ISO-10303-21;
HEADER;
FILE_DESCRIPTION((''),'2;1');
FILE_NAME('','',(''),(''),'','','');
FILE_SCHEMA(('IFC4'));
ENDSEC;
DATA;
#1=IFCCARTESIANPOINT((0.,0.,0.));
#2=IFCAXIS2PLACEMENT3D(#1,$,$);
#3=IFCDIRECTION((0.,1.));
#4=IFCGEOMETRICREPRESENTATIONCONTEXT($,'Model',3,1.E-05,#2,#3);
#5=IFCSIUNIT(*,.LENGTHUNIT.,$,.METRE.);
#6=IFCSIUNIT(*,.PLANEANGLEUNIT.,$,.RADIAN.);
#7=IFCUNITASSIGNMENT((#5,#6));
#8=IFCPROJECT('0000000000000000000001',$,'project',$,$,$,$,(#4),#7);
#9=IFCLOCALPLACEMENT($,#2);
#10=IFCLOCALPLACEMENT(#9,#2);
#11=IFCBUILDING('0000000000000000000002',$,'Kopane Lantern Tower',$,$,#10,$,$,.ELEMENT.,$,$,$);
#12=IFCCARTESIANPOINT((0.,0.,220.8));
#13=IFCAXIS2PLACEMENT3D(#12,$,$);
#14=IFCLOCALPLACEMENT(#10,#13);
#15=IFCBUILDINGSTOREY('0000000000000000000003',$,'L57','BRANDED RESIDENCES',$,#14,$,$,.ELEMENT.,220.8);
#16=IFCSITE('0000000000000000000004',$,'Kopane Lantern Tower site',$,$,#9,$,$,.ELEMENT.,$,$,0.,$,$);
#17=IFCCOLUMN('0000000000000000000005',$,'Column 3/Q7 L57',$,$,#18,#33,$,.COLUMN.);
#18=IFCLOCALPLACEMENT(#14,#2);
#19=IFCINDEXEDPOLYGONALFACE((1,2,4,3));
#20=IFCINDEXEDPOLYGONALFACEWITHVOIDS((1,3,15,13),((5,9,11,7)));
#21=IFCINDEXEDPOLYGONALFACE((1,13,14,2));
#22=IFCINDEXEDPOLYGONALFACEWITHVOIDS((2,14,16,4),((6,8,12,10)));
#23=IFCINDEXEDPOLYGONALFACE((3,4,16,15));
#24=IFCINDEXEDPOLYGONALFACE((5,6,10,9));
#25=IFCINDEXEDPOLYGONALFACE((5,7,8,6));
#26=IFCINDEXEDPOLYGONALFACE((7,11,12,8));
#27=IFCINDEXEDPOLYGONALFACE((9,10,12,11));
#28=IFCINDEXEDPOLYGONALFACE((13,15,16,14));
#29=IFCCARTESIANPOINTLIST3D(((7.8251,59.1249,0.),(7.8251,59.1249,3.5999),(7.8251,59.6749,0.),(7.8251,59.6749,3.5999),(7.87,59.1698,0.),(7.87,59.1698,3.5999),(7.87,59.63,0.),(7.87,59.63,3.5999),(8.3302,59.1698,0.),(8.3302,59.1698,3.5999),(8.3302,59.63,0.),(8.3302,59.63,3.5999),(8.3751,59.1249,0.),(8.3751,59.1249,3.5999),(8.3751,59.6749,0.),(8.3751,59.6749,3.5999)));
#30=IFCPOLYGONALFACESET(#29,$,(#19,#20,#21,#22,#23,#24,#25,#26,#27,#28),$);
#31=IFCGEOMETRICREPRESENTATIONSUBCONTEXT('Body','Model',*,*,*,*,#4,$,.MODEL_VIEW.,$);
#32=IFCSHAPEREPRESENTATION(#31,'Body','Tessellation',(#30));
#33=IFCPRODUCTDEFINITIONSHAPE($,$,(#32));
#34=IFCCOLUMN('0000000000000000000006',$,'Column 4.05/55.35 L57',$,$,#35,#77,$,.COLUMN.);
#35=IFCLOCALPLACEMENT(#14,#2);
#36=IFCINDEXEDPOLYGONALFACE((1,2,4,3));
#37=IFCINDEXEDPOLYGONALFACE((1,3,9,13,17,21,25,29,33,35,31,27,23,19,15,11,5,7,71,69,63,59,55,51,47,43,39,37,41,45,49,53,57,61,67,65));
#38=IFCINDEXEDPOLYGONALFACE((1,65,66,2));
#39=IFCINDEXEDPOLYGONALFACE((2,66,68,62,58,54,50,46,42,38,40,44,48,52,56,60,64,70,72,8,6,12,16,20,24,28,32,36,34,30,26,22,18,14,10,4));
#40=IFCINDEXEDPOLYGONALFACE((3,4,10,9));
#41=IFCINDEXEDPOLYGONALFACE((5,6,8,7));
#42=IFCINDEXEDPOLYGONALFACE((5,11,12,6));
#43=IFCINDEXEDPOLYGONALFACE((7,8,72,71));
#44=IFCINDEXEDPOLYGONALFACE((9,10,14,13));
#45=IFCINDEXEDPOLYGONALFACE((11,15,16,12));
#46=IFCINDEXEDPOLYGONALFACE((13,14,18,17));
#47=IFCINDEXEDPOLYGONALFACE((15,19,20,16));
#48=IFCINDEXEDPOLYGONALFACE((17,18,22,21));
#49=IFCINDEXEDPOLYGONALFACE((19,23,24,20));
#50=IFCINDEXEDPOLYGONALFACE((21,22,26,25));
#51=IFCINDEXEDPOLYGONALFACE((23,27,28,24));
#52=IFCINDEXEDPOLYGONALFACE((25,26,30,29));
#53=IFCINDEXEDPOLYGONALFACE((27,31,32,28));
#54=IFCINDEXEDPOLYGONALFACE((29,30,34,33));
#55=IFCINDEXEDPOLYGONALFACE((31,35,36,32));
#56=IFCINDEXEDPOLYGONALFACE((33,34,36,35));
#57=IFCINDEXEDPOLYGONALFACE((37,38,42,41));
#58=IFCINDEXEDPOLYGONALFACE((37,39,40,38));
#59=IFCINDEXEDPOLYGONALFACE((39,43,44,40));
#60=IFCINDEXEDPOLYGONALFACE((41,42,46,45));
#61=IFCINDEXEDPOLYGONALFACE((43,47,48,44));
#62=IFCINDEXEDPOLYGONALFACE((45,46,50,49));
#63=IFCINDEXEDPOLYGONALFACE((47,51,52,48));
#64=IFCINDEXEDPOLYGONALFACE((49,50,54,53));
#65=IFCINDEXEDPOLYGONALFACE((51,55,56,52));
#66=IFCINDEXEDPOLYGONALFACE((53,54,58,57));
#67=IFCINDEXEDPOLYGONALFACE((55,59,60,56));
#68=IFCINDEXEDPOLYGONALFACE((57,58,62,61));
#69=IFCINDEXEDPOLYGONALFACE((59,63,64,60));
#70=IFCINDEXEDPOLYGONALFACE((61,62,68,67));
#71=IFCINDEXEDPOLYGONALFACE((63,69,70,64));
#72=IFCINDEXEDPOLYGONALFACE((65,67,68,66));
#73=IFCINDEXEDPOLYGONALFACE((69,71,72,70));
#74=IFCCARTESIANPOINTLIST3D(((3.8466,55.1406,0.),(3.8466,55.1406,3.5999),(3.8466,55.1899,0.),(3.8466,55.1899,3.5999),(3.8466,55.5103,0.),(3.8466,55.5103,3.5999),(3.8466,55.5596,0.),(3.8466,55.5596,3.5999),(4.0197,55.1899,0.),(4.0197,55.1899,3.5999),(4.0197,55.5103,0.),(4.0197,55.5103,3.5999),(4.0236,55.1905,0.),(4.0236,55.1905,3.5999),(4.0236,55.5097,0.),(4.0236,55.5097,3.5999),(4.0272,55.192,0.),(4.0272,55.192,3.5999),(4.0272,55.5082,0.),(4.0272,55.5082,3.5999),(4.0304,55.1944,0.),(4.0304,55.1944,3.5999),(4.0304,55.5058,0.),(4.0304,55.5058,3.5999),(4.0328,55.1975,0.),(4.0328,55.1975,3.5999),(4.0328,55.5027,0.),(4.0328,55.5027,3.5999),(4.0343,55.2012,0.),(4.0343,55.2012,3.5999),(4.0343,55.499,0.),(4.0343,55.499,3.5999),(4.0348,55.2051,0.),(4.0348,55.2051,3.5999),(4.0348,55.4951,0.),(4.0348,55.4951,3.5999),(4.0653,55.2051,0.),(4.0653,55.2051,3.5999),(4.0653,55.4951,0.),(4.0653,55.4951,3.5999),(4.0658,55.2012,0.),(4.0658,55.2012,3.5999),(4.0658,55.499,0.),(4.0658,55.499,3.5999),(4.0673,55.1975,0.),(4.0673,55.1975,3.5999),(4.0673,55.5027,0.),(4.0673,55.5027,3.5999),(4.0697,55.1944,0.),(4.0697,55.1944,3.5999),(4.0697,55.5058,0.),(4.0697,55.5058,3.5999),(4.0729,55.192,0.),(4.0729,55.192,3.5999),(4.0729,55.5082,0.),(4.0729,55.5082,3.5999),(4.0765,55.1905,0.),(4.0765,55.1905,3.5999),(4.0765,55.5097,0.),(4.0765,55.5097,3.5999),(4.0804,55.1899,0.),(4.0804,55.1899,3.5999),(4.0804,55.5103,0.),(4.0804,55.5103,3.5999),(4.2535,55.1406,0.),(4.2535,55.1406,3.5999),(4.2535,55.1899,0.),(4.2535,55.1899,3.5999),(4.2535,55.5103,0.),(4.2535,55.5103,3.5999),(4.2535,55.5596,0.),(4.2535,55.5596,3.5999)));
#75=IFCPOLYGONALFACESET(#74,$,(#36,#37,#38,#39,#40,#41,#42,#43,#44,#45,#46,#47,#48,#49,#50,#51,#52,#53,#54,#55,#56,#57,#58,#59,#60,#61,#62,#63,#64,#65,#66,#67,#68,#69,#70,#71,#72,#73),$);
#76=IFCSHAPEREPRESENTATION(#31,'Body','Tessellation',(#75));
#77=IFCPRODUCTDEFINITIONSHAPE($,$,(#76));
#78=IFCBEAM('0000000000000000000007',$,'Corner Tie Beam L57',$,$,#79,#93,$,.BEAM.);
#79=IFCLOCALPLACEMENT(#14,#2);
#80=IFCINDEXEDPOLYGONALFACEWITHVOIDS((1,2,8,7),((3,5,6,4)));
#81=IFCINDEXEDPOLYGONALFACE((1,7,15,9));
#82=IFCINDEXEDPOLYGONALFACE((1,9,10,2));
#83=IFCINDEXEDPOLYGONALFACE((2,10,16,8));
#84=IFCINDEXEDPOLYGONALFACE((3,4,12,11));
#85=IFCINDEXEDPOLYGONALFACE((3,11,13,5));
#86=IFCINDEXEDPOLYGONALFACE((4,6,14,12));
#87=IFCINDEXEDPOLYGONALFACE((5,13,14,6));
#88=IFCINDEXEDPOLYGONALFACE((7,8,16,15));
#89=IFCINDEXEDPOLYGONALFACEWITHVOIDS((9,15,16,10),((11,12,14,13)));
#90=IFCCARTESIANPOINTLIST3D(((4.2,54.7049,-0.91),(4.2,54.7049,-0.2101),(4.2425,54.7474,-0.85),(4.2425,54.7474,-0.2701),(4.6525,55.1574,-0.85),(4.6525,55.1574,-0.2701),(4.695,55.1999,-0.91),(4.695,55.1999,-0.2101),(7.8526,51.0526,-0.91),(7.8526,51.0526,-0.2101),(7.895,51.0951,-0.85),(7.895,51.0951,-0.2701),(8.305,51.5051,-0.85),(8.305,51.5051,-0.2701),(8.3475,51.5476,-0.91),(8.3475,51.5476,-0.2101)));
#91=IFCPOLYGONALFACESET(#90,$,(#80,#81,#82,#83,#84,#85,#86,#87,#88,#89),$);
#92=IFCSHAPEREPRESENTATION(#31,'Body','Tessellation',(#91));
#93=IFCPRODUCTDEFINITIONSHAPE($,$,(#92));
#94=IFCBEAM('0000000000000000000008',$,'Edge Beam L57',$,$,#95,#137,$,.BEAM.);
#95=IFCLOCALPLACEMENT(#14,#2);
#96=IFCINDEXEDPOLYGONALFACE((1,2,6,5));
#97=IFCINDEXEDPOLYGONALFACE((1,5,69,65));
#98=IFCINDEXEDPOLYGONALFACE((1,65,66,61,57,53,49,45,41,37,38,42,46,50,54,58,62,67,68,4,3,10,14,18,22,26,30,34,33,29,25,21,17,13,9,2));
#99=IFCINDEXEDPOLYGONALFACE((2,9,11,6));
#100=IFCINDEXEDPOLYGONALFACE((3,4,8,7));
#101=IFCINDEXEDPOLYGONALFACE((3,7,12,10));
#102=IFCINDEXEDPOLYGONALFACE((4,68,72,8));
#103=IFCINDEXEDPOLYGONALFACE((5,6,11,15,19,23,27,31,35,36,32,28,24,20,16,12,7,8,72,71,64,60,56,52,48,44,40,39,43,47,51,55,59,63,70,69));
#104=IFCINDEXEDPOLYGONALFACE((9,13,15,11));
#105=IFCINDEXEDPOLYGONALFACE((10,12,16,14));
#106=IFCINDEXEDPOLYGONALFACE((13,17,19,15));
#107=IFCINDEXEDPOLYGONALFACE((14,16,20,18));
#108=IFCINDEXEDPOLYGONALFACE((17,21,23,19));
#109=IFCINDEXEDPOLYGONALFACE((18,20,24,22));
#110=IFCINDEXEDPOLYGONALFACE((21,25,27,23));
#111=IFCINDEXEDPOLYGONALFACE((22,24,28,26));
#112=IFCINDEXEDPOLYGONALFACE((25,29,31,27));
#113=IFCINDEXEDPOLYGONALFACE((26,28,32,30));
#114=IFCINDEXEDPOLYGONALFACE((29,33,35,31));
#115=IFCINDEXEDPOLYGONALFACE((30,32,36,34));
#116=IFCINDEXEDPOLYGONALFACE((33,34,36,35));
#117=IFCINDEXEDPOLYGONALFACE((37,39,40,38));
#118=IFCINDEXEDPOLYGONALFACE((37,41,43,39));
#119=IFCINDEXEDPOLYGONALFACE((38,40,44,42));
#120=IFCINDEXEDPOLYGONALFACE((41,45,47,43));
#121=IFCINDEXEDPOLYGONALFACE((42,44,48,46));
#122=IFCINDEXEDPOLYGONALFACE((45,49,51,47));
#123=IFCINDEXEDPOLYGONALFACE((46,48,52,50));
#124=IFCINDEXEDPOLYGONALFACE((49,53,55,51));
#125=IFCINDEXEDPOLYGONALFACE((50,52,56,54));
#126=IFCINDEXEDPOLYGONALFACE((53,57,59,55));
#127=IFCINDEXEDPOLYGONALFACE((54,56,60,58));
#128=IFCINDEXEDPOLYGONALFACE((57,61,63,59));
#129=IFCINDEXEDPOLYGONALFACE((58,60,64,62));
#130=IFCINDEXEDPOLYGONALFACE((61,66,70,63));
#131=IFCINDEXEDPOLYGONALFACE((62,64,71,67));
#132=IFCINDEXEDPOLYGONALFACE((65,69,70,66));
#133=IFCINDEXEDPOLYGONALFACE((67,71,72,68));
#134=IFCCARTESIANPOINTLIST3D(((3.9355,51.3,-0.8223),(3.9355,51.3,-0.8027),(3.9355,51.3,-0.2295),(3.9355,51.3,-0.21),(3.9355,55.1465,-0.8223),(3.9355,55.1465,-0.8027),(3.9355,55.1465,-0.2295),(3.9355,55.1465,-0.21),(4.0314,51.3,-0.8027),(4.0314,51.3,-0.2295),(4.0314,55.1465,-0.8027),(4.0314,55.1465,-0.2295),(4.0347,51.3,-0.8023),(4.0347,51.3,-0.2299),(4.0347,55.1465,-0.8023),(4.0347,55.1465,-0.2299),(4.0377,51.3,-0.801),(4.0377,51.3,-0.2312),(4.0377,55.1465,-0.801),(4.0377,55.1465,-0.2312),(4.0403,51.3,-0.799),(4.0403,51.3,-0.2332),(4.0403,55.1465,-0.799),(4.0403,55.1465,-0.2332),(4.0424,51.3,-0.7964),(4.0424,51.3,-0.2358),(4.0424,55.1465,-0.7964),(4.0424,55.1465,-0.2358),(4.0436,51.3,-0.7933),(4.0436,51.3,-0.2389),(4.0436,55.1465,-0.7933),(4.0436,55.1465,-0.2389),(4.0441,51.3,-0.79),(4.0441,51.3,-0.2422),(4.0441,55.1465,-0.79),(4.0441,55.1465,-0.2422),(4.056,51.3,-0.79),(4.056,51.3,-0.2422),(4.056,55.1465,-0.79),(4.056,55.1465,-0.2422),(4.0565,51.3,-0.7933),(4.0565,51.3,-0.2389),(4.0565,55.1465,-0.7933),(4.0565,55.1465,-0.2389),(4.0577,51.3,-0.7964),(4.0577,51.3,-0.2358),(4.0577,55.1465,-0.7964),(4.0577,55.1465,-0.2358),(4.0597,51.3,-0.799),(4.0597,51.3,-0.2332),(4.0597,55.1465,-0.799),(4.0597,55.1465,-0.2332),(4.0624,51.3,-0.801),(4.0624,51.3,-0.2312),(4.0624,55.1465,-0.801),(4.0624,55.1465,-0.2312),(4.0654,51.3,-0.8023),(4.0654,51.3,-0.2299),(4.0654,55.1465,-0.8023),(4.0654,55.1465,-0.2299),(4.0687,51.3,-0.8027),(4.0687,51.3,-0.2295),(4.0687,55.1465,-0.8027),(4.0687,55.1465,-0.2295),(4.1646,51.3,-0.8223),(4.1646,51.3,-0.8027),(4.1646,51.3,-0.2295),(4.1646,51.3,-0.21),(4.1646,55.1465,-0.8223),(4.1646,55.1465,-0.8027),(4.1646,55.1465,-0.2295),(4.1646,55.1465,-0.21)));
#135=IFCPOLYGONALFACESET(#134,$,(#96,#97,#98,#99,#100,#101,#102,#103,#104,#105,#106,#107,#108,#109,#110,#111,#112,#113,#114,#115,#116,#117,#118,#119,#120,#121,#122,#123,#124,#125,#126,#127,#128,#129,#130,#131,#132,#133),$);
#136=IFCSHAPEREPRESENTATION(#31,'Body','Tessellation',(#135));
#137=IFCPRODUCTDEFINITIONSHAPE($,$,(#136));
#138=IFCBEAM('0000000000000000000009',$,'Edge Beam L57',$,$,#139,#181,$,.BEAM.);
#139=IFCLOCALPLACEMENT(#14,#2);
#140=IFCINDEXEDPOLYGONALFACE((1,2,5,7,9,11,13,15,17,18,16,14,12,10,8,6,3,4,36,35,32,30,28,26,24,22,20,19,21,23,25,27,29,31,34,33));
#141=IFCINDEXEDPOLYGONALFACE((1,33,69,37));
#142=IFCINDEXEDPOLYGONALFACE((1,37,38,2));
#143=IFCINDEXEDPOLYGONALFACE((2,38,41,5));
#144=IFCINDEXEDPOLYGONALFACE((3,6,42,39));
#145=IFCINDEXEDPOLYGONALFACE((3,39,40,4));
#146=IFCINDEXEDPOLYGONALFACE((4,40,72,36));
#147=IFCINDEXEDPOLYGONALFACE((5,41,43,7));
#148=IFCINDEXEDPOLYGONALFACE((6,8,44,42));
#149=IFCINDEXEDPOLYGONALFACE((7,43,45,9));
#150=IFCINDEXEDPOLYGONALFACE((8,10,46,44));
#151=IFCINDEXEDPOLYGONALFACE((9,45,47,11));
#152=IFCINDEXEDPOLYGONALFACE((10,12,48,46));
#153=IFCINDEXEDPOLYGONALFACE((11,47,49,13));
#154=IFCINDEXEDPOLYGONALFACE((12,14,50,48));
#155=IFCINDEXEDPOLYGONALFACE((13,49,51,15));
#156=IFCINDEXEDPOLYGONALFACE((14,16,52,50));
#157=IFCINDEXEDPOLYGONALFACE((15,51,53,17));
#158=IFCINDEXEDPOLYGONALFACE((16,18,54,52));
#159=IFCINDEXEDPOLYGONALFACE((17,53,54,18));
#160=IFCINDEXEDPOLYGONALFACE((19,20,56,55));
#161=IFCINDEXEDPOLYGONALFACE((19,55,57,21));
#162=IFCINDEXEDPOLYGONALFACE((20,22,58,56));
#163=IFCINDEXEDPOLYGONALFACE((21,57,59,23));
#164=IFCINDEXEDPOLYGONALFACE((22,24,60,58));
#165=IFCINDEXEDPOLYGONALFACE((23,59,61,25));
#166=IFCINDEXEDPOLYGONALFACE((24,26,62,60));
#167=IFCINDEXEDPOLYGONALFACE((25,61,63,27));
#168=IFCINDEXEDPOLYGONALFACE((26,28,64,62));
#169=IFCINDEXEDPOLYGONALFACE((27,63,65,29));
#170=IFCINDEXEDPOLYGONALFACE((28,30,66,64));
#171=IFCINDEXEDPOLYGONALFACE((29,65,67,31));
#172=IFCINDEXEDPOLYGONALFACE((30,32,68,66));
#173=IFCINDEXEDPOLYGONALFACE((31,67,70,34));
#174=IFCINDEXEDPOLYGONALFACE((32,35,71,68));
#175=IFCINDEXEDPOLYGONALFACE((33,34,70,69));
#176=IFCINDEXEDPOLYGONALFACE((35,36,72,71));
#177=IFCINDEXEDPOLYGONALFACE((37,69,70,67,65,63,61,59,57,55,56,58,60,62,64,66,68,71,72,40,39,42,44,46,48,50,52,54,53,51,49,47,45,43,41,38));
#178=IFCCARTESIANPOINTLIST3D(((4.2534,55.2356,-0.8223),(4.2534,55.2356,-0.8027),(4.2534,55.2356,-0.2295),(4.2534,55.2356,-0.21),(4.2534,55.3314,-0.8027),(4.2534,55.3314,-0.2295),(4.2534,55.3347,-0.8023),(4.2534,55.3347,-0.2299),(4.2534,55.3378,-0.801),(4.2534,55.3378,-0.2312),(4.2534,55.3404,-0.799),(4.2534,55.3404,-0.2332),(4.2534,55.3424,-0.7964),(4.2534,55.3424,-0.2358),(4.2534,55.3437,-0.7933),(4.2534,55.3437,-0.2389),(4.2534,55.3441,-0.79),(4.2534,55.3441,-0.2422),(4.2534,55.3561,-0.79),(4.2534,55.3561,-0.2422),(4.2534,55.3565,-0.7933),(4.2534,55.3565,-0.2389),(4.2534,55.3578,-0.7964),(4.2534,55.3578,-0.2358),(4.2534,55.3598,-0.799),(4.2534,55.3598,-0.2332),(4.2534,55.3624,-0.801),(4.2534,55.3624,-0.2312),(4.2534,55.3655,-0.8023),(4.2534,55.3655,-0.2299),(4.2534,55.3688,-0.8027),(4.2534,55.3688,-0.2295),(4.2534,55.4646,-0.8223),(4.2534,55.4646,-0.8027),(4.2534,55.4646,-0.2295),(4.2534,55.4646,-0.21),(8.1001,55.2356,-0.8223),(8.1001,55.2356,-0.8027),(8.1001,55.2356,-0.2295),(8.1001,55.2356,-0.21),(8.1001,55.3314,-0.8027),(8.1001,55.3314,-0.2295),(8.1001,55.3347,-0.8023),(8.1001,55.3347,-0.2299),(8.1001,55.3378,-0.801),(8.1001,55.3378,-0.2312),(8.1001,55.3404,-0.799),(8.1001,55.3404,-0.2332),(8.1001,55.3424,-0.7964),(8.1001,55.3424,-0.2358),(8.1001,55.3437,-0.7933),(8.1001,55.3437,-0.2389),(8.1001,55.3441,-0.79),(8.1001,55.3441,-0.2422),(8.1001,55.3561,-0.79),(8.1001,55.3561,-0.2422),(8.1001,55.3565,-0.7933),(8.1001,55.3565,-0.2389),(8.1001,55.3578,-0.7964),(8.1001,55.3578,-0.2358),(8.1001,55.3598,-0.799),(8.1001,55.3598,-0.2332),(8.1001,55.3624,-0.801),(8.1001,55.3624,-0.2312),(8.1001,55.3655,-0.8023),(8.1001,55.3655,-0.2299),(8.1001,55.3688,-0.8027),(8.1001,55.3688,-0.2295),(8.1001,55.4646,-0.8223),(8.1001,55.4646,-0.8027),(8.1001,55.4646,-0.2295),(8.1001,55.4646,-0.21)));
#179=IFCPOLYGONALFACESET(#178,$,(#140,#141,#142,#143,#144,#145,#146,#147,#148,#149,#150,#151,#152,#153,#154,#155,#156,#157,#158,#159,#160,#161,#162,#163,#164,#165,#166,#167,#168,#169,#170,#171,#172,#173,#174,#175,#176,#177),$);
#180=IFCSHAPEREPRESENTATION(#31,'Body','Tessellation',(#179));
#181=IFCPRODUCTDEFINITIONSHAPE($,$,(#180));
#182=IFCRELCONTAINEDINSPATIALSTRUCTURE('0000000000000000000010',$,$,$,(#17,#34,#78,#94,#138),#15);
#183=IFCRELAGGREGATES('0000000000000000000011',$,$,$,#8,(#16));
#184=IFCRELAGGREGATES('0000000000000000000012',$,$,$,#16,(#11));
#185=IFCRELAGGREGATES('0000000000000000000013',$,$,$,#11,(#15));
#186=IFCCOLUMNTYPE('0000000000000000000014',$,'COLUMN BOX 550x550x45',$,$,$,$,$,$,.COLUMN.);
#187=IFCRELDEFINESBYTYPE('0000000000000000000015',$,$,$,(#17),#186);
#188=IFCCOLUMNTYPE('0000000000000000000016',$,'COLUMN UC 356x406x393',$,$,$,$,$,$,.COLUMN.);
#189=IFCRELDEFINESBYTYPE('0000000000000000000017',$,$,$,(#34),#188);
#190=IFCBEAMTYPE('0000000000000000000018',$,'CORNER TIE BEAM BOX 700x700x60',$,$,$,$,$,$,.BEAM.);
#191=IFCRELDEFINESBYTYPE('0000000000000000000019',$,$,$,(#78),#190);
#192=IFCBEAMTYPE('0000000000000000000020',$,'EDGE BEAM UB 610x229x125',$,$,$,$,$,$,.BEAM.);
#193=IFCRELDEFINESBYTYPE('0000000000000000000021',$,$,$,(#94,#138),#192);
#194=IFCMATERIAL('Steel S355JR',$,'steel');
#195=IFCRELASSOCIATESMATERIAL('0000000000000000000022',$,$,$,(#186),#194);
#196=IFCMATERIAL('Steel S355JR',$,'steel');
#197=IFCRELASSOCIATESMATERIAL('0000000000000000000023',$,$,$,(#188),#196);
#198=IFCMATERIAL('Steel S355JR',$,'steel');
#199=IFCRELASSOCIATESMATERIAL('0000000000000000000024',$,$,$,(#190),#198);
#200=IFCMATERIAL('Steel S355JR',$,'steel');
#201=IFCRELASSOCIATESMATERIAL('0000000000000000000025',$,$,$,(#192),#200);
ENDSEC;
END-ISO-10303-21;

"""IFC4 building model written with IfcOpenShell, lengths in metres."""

from ifc_helpers import new_model, si_unit, direction, frame, origin, origin_2d, place, context, subcontext, project, spatial, hollow_rectangle, i_section, extrude, material, material_profile, profile_set, type_object, element, save


model = new_model("IFC4")

# Units and contexts
model_context = context("Model", 3, precision=1e-05, world=origin(), true_north=direction((0.0, 1.0)))
body_context = subcontext(model_context, "Body", "Model", "MODEL_VIEW")
ifc_project = project(units=[si_unit("LENGTHUNIT", "METRE"), si_unit("PLANEANGLEUNIT", "RADIAN")], contexts=[model_context])

# Site, building, storey
site_placement = place(None, origin())
site = spatial("IfcSite", under=ifc_project, at=site_placement, Name="Kopane Lantern Tower site", CompositionType="ELEMENT", RefElevation=0.0)
building_placement = place(site_placement, origin())
building = spatial("IfcBuilding", under=site, at=building_placement, Name="Kopane Lantern Tower", CompositionType="ELEMENT")
storey_placement = place(building_placement, frame((0.0, 0.0, 220.8)))
storey = spatial("IfcBuildingStorey", under=building, at=storey_placement, Name="L57", Description="BRANDED RESIDENCES", CompositionType="ELEMENT", Elevation=220.8)

# Columns
ifc_material_1 = material(Name="Steel S355JR", Category="steel")
ifc_material_profile_1 = material_profile(ifc_material_1, hollow_rectangle(XDim=0.55, YDim=0.55, WallThickness=0.0449, at=origin_2d()), Name="BOX 550x550x45")
ifc_profile_set_1 = profile_set([ifc_material_profile_1], Name="Steel S355JR")
column_type_1 = type_object("IfcColumnType", Name="COLUMN BOX 550x550x45", PredefinedType="COLUMN", material=ifc_profile_set_1)
column_1_placement = place(storey_placement, frame((8.1001, 59.3999, 0.0), z_axis=(0.0, 0.0, 1.0), x_axis=(1.0, 0.0, 0.0)))
element("IfcColumn", 1, at=column_1_placement, inside=storey, type_object=column_type_1, Name="Column 3/Q7 L57", PredefinedType="COLUMN", context=body_context, shape_type="SweptSolid", body=[
    extrude(hollow_rectangle(XDim=0.55, YDim=0.55, WallThickness=0.0449, at=origin_2d()), origin(), (0.0, 0.0, 1.0), 3.5999),
])
ifc_material_2 = material(Name="Steel S355JR", Category="steel")
ifc_material_profile_2 = material_profile(ifc_material_2, i_section(OverallWidth=0.407, OverallDepth=0.4189, WebThickness=0.0305, FlangeThickness=0.0493, FilletRadius=0.0151, at=origin_2d()), Name="UC 356x406x393")
ifc_profile_set_2 = profile_set([ifc_material_profile_2], Name="Steel S355JR")
column_type_2 = type_object("IfcColumnType", Name="COLUMN UC 356x406x393", PredefinedType="COLUMN", material=ifc_profile_set_2)
column_2_placement = place(storey_placement, frame((4.05, 55.3501, 0.0), z_axis=(0.0, 0.0, 1.0), x_axis=(1.0, 0.0, 0.0)))
element("IfcColumn", 2, at=column_2_placement, inside=storey, type_object=column_type_2, Name="Column 4.05/55.35 L57", PredefinedType="COLUMN", context=body_context, shape_type="SweptSolid", body=[
    extrude(i_section(OverallWidth=0.407, OverallDepth=0.4189, WebThickness=0.0305, FlangeThickness=0.0493, FilletRadius=0.0151, at=origin_2d()), origin(), (0.0, 0.0, 1.0), 3.5999),
])

# Beams
ifc_material_3 = material(Name="Steel S355JR", Category="steel")
ifc_material_profile_3 = material_profile(ifc_material_3, hollow_rectangle(XDim=0.7, YDim=0.7, WallThickness=0.0601, at=origin_2d()), Name="BOX 700x700x60")
ifc_profile_set_3 = profile_set([ifc_material_profile_3], Name="Steel S355JR")
beam_type_1 = type_object("IfcBeamType", Name="CORNER TIE BEAM BOX 700x700x60", PredefinedType="BEAM", material=ifc_profile_set_3)
beam_1_placement = place(storey_placement, frame((4.4475, 54.9524, -0.5601), z_axis=(0.70713, -0.707083, 0.0), x_axis=(0.707083, 0.70713, 0.0)))
element("IfcBeam", 3, at=beam_1_placement, inside=storey, type_object=beam_type_1, Name="Corner Tie Beam L57", PredefinedType="BEAM", context=body_context, shape_type="SweptSolid", body=[
    extrude(hollow_rectangle(XDim=0.7, YDim=0.7, WallThickness=0.0601, at=origin_2d()), origin(), (0.0, 0.0, 1.0), 5.1653),
])
ifc_material_4 = material(Name="Steel S355JR", Category="steel")
ifc_material_profile_4 = material_profile(ifc_material_4, i_section(OverallWidth=0.229, OverallDepth=0.6123, WebThickness=0.012, FlangeThickness=0.0195, FilletRadius=0.0127, at=origin_2d()), Name="UB 610x229x125")
ifc_profile_set_4 = profile_set([ifc_material_profile_4], Name="Steel S355JR")
beam_type_2 = type_object("IfcBeamType", Name="EDGE BEAM UB 610x229x125", PredefinedType="BEAM", material=ifc_profile_set_4)
beam_2_placement = place(storey_placement, frame((4.05, 55.1465, -0.5161), z_axis=(0.0, -1.0, 0.0), x_axis=(1.0, 0.0, 0.0)))
element("IfcBeam", 4, at=beam_2_placement, inside=storey, type_object=beam_type_2, Name="Edge Beam L57", PredefinedType="BEAM", context=body_context, shape_type="SweptSolid", body=[
    extrude(i_section(OverallWidth=0.229, OverallDepth=0.6123, WebThickness=0.012, FlangeThickness=0.0195, FilletRadius=0.0127, at=origin_2d()), origin(), (0.0, 0.0, 1.0), 3.8464),
])
beam_3_placement = place(storey_placement, frame((4.2534, 55.3501, -0.5161), z_axis=(1.0, 0.0, 0.0), x_axis=(0.0, 1.0, 0.0)))
element("IfcBeam", 5, at=beam_3_placement, inside=storey, type_object=beam_type_2, Name="Edge Beam L57", PredefinedType="BEAM", context=body_context, shape_type="SweptSolid", body=[
    extrude(i_section(OverallWidth=0.229, OverallDepth=0.6123, WebThickness=0.012, FlangeThickness=0.0195, FilletRadius=0.0127, at=origin_2d()), origin(), (0.0, 0.0, 1.0), 3.8467),
])

save(model, "model.ifc")
